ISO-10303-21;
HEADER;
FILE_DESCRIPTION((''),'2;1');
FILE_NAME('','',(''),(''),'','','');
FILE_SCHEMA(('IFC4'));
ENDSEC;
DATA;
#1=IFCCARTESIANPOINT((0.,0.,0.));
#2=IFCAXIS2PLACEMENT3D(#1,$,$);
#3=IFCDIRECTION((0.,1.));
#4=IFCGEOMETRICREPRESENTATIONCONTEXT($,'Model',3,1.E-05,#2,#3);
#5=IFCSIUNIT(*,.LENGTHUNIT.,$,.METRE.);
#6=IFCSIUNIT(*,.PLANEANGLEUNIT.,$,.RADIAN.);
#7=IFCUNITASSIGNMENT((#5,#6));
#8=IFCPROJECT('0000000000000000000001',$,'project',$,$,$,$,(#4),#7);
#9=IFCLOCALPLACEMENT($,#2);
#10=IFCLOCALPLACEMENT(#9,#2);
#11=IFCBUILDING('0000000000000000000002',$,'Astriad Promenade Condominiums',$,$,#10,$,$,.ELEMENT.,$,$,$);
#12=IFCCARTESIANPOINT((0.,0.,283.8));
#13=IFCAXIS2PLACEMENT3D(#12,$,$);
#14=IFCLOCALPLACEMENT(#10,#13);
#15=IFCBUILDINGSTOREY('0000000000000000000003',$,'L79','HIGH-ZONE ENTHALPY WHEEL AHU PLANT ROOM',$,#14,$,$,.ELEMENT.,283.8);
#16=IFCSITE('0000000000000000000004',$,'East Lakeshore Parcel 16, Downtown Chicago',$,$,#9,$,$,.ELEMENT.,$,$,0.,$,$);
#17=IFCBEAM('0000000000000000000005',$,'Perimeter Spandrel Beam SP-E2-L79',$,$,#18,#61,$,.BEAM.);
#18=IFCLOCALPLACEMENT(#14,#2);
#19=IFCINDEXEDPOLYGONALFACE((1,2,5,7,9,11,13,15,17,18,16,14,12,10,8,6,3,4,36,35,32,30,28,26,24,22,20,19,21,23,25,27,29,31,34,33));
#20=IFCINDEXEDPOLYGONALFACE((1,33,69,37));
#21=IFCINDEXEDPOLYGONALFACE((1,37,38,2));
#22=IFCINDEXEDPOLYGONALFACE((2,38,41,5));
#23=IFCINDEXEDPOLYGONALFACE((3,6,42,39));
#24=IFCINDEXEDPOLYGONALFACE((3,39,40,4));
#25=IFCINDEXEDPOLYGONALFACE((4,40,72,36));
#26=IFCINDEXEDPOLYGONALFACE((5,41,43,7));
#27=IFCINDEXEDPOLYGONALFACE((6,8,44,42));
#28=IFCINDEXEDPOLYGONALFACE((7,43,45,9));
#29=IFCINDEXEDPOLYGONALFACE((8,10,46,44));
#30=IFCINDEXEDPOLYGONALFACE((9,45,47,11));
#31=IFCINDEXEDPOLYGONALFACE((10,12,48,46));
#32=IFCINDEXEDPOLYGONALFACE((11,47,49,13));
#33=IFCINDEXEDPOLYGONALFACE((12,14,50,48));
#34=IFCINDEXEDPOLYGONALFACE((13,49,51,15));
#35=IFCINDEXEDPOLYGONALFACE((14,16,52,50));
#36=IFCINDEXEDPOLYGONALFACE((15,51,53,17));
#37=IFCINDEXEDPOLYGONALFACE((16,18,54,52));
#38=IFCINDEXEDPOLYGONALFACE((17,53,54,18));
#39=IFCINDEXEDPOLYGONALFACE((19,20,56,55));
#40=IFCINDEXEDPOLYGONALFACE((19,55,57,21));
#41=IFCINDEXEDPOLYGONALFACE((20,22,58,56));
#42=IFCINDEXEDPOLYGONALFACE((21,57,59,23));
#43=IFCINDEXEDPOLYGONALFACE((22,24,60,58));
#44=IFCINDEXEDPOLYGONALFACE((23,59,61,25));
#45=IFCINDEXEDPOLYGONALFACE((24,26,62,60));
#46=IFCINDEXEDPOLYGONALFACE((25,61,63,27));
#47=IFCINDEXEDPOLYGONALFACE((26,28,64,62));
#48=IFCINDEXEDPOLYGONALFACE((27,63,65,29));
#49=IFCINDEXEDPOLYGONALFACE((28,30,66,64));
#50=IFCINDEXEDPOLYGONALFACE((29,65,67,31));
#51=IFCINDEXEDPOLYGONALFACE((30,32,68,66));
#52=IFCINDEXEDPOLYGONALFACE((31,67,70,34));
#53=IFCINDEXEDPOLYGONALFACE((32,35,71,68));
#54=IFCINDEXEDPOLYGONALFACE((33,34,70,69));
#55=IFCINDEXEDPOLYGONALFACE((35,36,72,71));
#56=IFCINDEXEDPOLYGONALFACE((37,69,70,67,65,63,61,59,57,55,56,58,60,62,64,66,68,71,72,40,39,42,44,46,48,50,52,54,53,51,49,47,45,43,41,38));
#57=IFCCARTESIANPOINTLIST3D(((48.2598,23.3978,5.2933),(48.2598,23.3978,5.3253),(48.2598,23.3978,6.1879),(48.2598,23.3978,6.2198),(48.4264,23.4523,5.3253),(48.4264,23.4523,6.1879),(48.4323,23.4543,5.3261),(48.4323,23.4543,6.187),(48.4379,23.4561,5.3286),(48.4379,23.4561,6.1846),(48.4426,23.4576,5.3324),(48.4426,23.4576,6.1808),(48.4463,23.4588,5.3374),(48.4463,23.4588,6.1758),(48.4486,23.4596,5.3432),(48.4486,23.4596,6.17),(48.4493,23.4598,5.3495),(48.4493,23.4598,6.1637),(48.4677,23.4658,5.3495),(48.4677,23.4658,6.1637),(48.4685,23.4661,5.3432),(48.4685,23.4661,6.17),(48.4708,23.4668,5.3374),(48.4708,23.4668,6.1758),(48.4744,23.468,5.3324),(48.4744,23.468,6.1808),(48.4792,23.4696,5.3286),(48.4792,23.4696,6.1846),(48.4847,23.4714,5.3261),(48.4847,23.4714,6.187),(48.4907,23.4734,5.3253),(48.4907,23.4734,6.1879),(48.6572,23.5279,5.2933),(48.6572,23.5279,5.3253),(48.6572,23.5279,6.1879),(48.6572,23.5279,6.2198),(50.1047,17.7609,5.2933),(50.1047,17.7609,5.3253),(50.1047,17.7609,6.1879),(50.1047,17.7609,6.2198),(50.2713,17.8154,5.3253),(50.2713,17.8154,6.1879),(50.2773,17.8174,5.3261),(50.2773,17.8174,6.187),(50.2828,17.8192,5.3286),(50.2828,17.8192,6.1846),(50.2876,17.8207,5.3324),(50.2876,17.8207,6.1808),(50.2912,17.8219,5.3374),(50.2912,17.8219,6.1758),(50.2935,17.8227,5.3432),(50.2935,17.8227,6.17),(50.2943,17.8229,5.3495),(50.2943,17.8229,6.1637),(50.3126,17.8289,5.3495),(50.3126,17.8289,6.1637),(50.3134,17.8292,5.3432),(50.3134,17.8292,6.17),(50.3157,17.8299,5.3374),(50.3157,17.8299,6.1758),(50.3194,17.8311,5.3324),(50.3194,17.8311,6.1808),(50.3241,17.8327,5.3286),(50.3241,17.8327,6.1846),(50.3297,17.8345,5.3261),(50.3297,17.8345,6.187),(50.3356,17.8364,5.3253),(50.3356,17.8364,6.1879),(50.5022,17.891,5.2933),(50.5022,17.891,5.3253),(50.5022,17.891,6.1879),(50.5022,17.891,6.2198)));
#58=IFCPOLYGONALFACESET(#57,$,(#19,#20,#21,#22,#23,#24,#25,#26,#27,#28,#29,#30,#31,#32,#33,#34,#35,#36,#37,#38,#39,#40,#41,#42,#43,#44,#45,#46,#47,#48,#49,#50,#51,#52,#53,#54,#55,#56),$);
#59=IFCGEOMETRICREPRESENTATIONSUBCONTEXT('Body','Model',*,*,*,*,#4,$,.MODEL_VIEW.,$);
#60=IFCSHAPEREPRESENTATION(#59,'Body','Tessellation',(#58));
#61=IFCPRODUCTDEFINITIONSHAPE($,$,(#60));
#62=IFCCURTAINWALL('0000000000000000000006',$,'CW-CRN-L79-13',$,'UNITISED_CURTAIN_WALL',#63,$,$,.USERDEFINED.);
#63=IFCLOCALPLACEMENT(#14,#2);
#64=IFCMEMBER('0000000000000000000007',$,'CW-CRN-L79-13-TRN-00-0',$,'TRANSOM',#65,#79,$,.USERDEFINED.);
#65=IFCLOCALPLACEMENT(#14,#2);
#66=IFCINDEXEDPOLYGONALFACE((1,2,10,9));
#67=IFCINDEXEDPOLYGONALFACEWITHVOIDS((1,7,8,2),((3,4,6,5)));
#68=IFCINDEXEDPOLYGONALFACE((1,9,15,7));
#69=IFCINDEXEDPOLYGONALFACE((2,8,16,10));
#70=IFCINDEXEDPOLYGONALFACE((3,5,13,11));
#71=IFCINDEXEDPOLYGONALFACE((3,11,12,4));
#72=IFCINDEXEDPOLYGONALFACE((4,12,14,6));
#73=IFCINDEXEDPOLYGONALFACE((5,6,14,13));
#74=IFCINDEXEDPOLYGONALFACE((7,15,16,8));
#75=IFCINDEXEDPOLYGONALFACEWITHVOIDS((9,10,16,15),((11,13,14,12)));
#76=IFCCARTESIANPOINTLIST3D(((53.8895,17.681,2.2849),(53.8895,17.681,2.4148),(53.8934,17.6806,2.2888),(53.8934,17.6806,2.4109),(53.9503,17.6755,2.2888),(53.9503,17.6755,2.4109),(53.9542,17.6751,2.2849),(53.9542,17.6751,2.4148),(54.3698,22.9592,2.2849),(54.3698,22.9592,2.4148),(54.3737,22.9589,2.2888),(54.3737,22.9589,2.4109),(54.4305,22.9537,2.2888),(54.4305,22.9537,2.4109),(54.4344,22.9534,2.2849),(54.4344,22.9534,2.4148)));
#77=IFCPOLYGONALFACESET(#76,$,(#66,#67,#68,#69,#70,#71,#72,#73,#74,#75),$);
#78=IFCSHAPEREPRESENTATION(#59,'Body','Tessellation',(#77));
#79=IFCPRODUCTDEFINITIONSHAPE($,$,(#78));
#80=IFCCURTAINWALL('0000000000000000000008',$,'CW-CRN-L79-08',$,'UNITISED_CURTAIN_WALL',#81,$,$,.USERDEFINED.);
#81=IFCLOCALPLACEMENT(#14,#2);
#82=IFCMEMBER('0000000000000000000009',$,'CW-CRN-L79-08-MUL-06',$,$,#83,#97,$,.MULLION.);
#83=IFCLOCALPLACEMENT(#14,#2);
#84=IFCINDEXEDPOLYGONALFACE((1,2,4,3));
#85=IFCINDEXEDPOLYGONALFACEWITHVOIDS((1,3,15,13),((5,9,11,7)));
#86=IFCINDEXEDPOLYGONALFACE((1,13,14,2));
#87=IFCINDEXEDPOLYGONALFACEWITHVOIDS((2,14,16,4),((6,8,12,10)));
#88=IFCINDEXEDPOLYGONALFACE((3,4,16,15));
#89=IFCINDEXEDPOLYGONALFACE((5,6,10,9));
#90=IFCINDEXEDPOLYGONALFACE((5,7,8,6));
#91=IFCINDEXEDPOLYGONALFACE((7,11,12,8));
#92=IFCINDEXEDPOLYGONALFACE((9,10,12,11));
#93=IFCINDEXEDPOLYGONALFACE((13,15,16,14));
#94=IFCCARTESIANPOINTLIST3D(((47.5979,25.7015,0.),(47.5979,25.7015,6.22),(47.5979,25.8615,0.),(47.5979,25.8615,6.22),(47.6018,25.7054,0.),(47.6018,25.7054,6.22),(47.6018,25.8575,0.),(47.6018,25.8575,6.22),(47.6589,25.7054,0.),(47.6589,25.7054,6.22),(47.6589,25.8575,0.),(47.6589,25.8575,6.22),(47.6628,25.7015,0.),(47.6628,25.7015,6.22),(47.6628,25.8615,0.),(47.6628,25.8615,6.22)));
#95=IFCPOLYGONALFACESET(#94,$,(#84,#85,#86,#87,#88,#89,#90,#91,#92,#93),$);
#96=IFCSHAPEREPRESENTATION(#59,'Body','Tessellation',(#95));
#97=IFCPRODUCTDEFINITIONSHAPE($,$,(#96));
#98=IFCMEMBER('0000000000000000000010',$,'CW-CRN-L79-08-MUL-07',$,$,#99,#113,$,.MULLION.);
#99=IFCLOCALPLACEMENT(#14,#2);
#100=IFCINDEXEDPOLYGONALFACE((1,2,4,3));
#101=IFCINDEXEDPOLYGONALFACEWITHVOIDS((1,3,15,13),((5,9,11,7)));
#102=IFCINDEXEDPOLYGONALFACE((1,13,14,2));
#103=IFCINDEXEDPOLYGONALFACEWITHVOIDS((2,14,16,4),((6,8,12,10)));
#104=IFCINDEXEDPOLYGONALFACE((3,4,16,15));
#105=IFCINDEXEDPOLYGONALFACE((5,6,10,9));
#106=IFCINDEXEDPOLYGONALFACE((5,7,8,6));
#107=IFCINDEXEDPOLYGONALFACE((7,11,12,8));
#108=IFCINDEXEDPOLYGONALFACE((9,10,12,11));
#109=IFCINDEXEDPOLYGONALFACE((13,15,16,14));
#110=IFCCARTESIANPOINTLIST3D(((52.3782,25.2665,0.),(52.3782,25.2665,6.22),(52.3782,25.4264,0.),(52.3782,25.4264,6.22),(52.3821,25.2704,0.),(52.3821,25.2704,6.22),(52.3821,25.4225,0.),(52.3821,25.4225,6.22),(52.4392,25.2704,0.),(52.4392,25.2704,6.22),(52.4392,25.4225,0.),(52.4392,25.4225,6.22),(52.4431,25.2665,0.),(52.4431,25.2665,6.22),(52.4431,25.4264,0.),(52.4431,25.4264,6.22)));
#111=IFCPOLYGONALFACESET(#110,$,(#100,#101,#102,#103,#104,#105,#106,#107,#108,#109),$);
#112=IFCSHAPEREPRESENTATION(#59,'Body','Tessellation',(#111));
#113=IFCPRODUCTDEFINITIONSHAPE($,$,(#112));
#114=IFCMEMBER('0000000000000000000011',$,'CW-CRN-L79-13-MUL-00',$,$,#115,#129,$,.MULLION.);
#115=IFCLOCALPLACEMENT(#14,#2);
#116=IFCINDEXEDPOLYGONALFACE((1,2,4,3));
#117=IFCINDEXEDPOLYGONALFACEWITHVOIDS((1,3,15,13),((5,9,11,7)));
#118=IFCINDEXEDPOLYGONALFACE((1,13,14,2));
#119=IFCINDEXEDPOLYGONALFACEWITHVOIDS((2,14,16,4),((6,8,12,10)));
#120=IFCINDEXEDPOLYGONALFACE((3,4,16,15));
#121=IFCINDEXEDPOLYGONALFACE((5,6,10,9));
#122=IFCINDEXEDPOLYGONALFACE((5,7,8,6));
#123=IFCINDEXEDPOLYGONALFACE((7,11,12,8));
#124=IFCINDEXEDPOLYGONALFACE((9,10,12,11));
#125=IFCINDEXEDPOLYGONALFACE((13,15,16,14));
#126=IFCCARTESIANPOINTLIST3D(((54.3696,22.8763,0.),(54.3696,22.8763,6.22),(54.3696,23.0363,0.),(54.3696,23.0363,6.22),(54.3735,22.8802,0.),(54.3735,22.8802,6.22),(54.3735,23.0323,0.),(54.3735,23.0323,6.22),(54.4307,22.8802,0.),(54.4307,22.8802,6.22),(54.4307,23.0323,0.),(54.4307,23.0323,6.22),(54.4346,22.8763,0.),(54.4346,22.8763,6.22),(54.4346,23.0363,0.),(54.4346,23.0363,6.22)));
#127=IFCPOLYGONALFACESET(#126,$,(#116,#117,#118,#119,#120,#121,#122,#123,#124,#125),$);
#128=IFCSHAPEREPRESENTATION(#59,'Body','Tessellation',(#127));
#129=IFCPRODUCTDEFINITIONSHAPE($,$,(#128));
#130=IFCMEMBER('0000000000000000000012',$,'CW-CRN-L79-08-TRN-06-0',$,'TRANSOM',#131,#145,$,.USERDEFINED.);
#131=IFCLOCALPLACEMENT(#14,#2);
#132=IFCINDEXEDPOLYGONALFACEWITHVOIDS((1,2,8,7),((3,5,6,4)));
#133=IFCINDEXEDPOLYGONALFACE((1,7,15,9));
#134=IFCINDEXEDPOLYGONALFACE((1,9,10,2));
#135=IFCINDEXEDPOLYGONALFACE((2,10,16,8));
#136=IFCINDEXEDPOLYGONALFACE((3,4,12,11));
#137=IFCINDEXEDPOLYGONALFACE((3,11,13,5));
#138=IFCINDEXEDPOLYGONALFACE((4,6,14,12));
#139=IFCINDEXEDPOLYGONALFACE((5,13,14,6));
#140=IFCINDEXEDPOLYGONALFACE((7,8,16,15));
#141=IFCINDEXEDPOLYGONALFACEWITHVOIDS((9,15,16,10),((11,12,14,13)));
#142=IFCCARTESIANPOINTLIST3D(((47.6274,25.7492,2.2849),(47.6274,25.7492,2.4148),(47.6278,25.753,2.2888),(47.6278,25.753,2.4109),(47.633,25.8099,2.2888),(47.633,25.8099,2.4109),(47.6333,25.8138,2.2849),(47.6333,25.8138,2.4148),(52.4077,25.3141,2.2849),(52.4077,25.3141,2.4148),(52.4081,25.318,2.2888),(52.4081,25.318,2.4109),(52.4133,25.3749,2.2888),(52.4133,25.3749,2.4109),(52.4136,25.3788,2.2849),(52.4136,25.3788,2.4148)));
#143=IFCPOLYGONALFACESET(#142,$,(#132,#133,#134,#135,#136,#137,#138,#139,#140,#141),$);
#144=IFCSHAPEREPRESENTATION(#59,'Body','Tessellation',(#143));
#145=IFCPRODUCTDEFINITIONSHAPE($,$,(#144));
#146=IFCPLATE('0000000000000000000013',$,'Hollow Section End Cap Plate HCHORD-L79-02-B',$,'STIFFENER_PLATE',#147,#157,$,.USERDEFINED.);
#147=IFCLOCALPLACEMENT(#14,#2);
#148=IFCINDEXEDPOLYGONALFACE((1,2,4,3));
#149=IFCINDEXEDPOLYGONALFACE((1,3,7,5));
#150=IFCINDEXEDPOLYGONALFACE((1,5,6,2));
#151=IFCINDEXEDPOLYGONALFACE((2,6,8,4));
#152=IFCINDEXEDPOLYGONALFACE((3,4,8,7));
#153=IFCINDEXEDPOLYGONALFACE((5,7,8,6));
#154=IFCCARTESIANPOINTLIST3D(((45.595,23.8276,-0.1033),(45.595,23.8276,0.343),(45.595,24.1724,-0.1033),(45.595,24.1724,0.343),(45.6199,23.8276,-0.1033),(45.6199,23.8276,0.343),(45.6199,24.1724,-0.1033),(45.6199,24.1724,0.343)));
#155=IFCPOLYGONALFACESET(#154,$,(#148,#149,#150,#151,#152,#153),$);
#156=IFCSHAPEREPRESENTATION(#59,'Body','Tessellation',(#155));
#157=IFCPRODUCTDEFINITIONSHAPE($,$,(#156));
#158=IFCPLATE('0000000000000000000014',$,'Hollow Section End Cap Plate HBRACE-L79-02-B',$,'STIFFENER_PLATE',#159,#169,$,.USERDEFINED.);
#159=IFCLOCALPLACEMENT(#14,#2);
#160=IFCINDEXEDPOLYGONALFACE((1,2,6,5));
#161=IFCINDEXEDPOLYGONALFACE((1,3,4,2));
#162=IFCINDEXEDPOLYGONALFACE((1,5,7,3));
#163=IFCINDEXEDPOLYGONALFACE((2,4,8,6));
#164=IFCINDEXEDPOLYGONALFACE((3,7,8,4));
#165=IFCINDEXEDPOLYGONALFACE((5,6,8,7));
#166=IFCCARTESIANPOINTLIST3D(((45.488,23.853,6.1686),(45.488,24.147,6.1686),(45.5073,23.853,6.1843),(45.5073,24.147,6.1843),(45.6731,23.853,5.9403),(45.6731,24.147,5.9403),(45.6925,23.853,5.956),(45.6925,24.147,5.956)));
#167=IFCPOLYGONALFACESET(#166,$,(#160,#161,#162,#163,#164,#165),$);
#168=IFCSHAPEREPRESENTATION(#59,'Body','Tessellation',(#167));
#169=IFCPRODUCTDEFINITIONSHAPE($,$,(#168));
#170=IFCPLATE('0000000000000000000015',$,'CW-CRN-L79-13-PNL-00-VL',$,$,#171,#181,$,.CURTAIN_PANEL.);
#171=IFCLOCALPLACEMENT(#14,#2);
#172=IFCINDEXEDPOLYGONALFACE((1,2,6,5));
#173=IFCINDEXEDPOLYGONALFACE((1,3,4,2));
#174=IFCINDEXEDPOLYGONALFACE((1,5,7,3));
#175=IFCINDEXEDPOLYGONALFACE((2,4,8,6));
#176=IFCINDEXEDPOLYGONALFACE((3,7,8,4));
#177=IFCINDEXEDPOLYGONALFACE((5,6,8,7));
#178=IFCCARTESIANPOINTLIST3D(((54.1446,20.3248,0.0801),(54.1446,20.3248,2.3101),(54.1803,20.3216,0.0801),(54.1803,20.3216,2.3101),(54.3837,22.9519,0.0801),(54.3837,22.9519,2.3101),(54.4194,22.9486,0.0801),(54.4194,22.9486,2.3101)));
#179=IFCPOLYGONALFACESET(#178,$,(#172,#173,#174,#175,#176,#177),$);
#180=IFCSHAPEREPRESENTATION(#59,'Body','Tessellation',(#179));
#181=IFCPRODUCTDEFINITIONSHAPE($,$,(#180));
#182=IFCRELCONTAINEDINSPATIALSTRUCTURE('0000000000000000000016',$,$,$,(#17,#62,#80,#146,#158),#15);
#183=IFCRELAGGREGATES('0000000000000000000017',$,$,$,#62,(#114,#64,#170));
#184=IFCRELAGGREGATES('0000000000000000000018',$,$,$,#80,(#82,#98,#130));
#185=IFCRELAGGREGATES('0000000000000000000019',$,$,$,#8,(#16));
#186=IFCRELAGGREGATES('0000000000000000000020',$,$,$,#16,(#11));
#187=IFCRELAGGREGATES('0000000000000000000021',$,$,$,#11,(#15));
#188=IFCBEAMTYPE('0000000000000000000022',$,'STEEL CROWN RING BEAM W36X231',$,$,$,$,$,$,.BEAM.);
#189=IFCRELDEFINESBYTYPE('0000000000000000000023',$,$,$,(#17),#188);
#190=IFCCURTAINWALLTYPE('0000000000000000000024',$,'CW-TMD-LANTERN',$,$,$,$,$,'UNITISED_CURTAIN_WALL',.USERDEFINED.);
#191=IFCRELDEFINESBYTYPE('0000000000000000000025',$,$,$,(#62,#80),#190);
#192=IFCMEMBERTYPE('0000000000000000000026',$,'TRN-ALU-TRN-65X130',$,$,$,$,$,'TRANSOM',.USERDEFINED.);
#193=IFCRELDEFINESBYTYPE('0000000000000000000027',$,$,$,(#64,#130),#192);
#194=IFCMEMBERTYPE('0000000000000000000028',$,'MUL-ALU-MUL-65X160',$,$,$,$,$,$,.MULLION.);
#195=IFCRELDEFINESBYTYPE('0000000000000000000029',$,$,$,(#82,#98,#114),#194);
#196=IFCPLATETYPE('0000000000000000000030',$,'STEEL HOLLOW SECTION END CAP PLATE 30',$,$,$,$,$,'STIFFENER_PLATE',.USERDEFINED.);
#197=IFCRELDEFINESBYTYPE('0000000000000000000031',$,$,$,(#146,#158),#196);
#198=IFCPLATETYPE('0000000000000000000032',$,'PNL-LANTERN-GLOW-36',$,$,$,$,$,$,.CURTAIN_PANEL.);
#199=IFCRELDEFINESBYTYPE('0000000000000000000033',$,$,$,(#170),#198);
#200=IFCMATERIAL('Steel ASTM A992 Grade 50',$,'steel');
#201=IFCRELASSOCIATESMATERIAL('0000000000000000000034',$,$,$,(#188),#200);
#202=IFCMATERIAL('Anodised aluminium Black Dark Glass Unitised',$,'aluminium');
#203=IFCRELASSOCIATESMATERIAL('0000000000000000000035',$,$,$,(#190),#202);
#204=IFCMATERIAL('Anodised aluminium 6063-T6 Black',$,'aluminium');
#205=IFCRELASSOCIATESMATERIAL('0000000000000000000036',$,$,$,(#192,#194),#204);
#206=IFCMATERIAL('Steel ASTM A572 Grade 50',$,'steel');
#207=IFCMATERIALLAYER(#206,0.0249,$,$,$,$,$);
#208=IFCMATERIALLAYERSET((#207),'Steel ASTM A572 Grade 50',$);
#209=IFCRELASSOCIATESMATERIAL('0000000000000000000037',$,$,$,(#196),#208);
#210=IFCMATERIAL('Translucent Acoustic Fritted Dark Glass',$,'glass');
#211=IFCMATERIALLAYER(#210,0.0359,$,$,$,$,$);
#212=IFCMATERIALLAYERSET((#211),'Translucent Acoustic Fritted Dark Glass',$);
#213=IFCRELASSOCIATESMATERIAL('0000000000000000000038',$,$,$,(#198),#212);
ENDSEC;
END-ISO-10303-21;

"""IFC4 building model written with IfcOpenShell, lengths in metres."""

from ifc_helpers import new_model, si_unit, direction, frame, origin, origin_2d, place, context, subcontext, project, spatial, rectangle, hollow_rectangle, i_section, extrude, source, transform, mapped, material, layer, layer_set, material_profile, profile_set, type_object, type_shapes, element, aggregate, save


model = new_model("IFC4")

# Units and contexts
model_context = context("Model", 3, precision=1e-05, world=origin(), true_north=direction((0.0, 1.0)))
body_context = subcontext(model_context, "Body", "Model", "MODEL_VIEW")
ifc_project = project(units=[si_unit("LENGTHUNIT", "METRE"), si_unit("PLANEANGLEUNIT", "RADIAN")], contexts=[model_context])

# Site, building, storey
site_placement = place(None, origin())
site = spatial("IfcSite", under=ifc_project, at=site_placement, Name="East Lakeshore Parcel 16, Downtown Chicago", CompositionType="ELEMENT", RefElevation=0.0)
building_placement = place(site_placement, origin())
building = spatial("IfcBuilding", under=site, at=building_placement, Name="Astriad Promenade Condominiums", CompositionType="ELEMENT")
storey_placement = place(building_placement, frame((0.0, 0.0, 283.8)))
storey = spatial("IfcBuildingStorey", under=building, at=storey_placement, Name="L79", Description="HIGH-ZONE ENTHALPY WHEEL AHU PLANT ROOM", CompositionType="ELEMENT", Elevation=283.8)

# Shared definitions
ifc_material_1 = material(Name="Steel ASTM A992 Grade 50", Category="steel")

# Beam
ifc_material_profile_1 = material_profile(ifc_material_1, i_section(OverallWidth=0.4182, OverallDepth=0.9265, WebThickness=0.0193, FlangeThickness=0.032, FilletRadius=0.0242, at=origin_2d()), Name="W36X231")
ifc_profile_set_1 = profile_set([ifc_material_profile_1], Name="Steel ASTM A992 Grade 50")
beam_type_1 = type_object("IfcBeamType", Name="STEEL CROWN RING BEAM W36X231", PredefinedType="BEAM", material=ifc_profile_set_1)
shared_shape_1 = source(origin(), body_context, "Body", "SweptSolid", [
    extrude(i_section(OverallWidth=0.4182, OverallDepth=0.9265, WebThickness=0.0193, FlangeThickness=0.032, FilletRadius=0.0242, at=origin_2d()), origin(), (0.0, 0.0, 1.0), 5.9312),
])
type_shapes(beam_type_1, [shared_shape_1])
beam_1_placement = place(storey_placement, frame((50.3035, 17.8259, 5.7566), z_axis=(-0.311061, 0.95039, 0.0), x_axis=(-0.95039, -0.311061, 0.0)))
element("IfcBeam", 1, at=beam_1_placement, inside=storey, type_object=beam_type_1, Name="Perimeter Spandrel Beam SP-E2-L79", PredefinedType="BEAM", context=body_context, shape_type="MappedRepresentation", body=[
    mapped(shared_shape_1, transform((0.0, 0.0, 0.0), scale=1.0)),
])

# Curtain wall, member
ifc_material_2 = material(Name="Anodised aluminium Black Dark Glass Unitised", Category="aluminium")
curtain_wall_type = type_object("IfcCurtainWallType", Name="CW-TMD-LANTERN", ElementType="UNITISED_CURTAIN_WALL", PredefinedType="USERDEFINED", material=ifc_material_2)
curtain_wall_1_placement = place(storey_placement, origin())
curtain_wall_1 = element("IfcCurtainWall", 2, at=curtain_wall_1_placement, inside=storey, type_object=curtain_wall_type, Name="CW-CRN-L79-13", ObjectType="UNITISED_CURTAIN_WALL", PredefinedType="USERDEFINED")
ifc_material_3 = material(Name="Anodised aluminium 6063-T6 Black", Category="aluminium")
ifc_material_profile_2 = material_profile(ifc_material_3, hollow_rectangle(XDim=0.0649, YDim=0.1299, WallThickness=0.0039, at=origin_2d()), Name="ALU-TRN-65X130")
ifc_profile_set_2 = profile_set([ifc_material_profile_2], Name="Anodised aluminium 6063-T6 Black")
member_type_1 = type_object("IfcMemberType", Name="TRN-ALU-TRN-65X130", ElementType="TRANSOM", PredefinedType="USERDEFINED", material=ifc_profile_set_2)
shared_shape_2 = source(origin(), body_context, "Body", "SweptSolid", [
    extrude(hollow_rectangle(XDim=0.0649, YDim=0.1299, WallThickness=0.0039, at=origin_2d()), origin(), (0.0, 0.0, 1.0), 5.3),
])
member_1_placement = place(storey_placement, frame((54.4021, 22.9563, 2.3499), z_axis=(-0.090606, -0.995887, 0.0), x_axis=(0.995887, -0.090606, 0.0)))
member_1 = element("IfcMember", 3, at=member_1_placement, type_object=member_type_1, Name="CW-CRN-L79-13-TRN-00-0", ObjectType="TRANSOM", PredefinedType="USERDEFINED", context=body_context, shape_type="MappedRepresentation", body=[
    mapped(shared_shape_2, transform((0.0, 0.0, 0.0), scale=1.0)),
])

# Curtain wall, members
curtain_wall_2_placement = place(storey_placement, origin())
curtain_wall_2 = element("IfcCurtainWall", 4, at=curtain_wall_2_placement, inside=storey, type_object=curtain_wall_type, Name="CW-CRN-L79-08", ObjectType="UNITISED_CURTAIN_WALL", PredefinedType="USERDEFINED")
ifc_material_profile_3 = material_profile(ifc_material_3, hollow_rectangle(XDim=0.0649, YDim=0.1599, WallThickness=0.0039, at=origin_2d()), Name="ALU-MUL-65X160")
ifc_profile_set_3 = profile_set([ifc_material_profile_3], Name="Anodised aluminium 6063-T6 Black")
member_type_2 = type_object("IfcMemberType", Name="MUL-ALU-MUL-65X160", PredefinedType="MULLION", material=ifc_profile_set_3)
shared_shape_3 = source(origin(), body_context, "Body", "SweptSolid", [
    extrude(hollow_rectangle(XDim=0.0649, YDim=0.1599, WallThickness=0.0039, at=origin_2d()), origin(), (0.0, 0.0, 1.0), 6.22),
])
type_shapes(member_type_2, [shared_shape_3])
member_2_placement = place(storey_placement, frame((47.6304, 25.7815, 0.0), z_axis=(0.0, 0.0, 1.0), x_axis=(1.0, 0.0, 0.0)))
member_2 = element("IfcMember", 5, at=member_2_placement, type_object=member_type_2, Name="CW-CRN-L79-08-MUL-06", PredefinedType="MULLION", context=body_context, shape_type="MappedRepresentation", body=[
    mapped(shared_shape_3, transform((0.0, 0.0, 0.0), scale=1.0)),
])
member_3_placement = place(storey_placement, frame((52.4106, 25.3464, 0.0), z_axis=(0.0, 0.0, 1.0), x_axis=(1.0, 0.0, 0.0)))
member_3 = element("IfcMember", 6, at=member_3_placement, type_object=member_type_2, Name="CW-CRN-L79-08-MUL-07", PredefinedType="MULLION", context=body_context, shape_type="MappedRepresentation", body=[
    mapped(shared_shape_3, transform((0.0, 0.0, 0.0), scale=1.0)),
])

# Members
member_4_placement = place(storey_placement, frame((54.4021, 22.9563, 0.0), z_axis=(0.0, 0.0, 1.0), x_axis=(1.0, 0.0, 0.0)))
member_4 = element("IfcMember", 7, at=member_4_placement, type_object=member_type_2, Name="CW-CRN-L79-13-MUL-00", PredefinedType="MULLION", context=body_context, shape_type="MappedRepresentation", body=[
    mapped(shared_shape_3, transform((0.0, 0.0, 0.0), scale=1.0)),
])
shared_shape_4 = source(origin(), body_context, "Body", "SweptSolid", [
    extrude(hollow_rectangle(XDim=0.0649, YDim=0.1299, WallThickness=0.0039, at=origin_2d()), origin(), (0.0, 0.0, 1.0), 4.8),
])
type_shapes(member_type_1, [shared_shape_2, shared_shape_4])
member_5_placement = place(storey_placement, frame((47.6304, 25.7815, 2.3499), z_axis=(0.995884, -0.090637, 0.0), x_axis=(0.090637, 0.995884, 0.0)))
member_5 = element("IfcMember", 8, at=member_5_placement, type_object=member_type_1, Name="CW-CRN-L79-08-TRN-06-0", ObjectType="TRANSOM", PredefinedType="USERDEFINED", context=body_context, shape_type="MappedRepresentation", body=[
    mapped(shared_shape_4, transform((0.0, 0.0, 0.0), scale=1.0)),
])

# Plates
ifc_material_4 = material(Name="Steel ASTM A572 Grade 50", Category="steel")
ifc_layer_1 = layer(ifc_material_4, 0.0249)
ifc_layer_set_1 = layer_set([ifc_layer_1], Name="Steel ASTM A572 Grade 50")
plate_type_1 = type_object("IfcPlateType", Name="STEEL HOLLOW SECTION END CAP PLATE 30", ElementType="STIFFENER_PLATE", PredefinedType="USERDEFINED", material=ifc_layer_set_1)
shared_shape_5 = source(origin(), body_context, "Body", "SweptSolid", [
    extrude(rectangle(XDim=0.3447, YDim=0.4463, at=origin_2d()), origin(), (0.0, 0.0, 1.0), 0.0249),
])
plate_1_placement = place(storey_placement, frame((45.595, 24.0, 0.1199), z_axis=(1.0, 0.0, 0.0), x_axis=(0.0, 1.0, 0.0)))
element("IfcPlate", 9, at=plate_1_placement, inside=storey, type_object=plate_type_1, Name="Hollow Section End Cap Plate HCHORD-L79-02-B", ObjectType="STIFFENER_PLATE", PredefinedType="USERDEFINED", context=body_context, shape_type="MappedRepresentation", body=[
    mapped(shared_shape_5, transform((0.0, 0.0, 0.0), scale=1.0)),
])
shared_shape_6 = source(origin(), body_context, "Body", "SweptSolid", [
    extrude(rectangle(XDim=0.2939, YDim=0.2939, at=origin_2d()), origin(), (0.0, 0.0, 1.0), 0.0249),
])
type_shapes(plate_type_1, [shared_shape_5, shared_shape_6])
plate_2_placement = place(storey_placement, frame((45.5806, 24.0, 6.0544), z_axis=(0.776676, 0.0, 0.629901), x_axis=(0.0, 1.0, 0.0)))
element("IfcPlate", 10, at=plate_2_placement, inside=storey, type_object=plate_type_1, Name="Hollow Section End Cap Plate HBRACE-L79-02-B", ObjectType="STIFFENER_PLATE", PredefinedType="USERDEFINED", context=body_context, shape_type="MappedRepresentation", body=[
    mapped(shared_shape_6, transform((0.0, 0.0, 0.0), scale=1.0)),
])

# Plate
ifc_material_5 = material(Name="Translucent Acoustic Fritted Dark Glass", Category="glass")
ifc_layer_2 = layer(ifc_material_5, 0.0359)
ifc_layer_set_2 = layer_set([ifc_layer_2], Name="Translucent Acoustic Fritted Dark Glass")
plate_type_2 = type_object("IfcPlateType", Name="PNL-LANTERN-GLOW-36", PredefinedType="CURTAIN_PANEL", material=ifc_layer_set_2)
shared_shape_7 = source(origin(), body_context, "Body", "SweptSolid", [
    extrude(rectangle(XDim=2.6379, YDim=0.0359, at=origin_2d()), origin(), (0.0, 0.0, 1.0), 2.23),
])
plate_3_placement = place(storey_placement, frame((54.282, 21.6367, 0.0801), z_axis=(0.0, 0.0, 1.0), x_axis=(-0.090633, -0.995884, 0.0)))
plate_3 = element("IfcPlate", 11, at=plate_3_placement, type_object=plate_type_2, Name="CW-CRN-L79-13-PNL-00-VL", PredefinedType="CURTAIN_PANEL", context=body_context, shape_type="MappedRepresentation", body=[
    mapped(shared_shape_7, transform((0.0, 0.0, 0.0), scale=1.0)),
])
aggregate(curtain_wall_1, [member_4, member_1, plate_3])

aggregate(curtain_wall_2, [member_2, member_3, member_5])

save(model, "model.ifc")
